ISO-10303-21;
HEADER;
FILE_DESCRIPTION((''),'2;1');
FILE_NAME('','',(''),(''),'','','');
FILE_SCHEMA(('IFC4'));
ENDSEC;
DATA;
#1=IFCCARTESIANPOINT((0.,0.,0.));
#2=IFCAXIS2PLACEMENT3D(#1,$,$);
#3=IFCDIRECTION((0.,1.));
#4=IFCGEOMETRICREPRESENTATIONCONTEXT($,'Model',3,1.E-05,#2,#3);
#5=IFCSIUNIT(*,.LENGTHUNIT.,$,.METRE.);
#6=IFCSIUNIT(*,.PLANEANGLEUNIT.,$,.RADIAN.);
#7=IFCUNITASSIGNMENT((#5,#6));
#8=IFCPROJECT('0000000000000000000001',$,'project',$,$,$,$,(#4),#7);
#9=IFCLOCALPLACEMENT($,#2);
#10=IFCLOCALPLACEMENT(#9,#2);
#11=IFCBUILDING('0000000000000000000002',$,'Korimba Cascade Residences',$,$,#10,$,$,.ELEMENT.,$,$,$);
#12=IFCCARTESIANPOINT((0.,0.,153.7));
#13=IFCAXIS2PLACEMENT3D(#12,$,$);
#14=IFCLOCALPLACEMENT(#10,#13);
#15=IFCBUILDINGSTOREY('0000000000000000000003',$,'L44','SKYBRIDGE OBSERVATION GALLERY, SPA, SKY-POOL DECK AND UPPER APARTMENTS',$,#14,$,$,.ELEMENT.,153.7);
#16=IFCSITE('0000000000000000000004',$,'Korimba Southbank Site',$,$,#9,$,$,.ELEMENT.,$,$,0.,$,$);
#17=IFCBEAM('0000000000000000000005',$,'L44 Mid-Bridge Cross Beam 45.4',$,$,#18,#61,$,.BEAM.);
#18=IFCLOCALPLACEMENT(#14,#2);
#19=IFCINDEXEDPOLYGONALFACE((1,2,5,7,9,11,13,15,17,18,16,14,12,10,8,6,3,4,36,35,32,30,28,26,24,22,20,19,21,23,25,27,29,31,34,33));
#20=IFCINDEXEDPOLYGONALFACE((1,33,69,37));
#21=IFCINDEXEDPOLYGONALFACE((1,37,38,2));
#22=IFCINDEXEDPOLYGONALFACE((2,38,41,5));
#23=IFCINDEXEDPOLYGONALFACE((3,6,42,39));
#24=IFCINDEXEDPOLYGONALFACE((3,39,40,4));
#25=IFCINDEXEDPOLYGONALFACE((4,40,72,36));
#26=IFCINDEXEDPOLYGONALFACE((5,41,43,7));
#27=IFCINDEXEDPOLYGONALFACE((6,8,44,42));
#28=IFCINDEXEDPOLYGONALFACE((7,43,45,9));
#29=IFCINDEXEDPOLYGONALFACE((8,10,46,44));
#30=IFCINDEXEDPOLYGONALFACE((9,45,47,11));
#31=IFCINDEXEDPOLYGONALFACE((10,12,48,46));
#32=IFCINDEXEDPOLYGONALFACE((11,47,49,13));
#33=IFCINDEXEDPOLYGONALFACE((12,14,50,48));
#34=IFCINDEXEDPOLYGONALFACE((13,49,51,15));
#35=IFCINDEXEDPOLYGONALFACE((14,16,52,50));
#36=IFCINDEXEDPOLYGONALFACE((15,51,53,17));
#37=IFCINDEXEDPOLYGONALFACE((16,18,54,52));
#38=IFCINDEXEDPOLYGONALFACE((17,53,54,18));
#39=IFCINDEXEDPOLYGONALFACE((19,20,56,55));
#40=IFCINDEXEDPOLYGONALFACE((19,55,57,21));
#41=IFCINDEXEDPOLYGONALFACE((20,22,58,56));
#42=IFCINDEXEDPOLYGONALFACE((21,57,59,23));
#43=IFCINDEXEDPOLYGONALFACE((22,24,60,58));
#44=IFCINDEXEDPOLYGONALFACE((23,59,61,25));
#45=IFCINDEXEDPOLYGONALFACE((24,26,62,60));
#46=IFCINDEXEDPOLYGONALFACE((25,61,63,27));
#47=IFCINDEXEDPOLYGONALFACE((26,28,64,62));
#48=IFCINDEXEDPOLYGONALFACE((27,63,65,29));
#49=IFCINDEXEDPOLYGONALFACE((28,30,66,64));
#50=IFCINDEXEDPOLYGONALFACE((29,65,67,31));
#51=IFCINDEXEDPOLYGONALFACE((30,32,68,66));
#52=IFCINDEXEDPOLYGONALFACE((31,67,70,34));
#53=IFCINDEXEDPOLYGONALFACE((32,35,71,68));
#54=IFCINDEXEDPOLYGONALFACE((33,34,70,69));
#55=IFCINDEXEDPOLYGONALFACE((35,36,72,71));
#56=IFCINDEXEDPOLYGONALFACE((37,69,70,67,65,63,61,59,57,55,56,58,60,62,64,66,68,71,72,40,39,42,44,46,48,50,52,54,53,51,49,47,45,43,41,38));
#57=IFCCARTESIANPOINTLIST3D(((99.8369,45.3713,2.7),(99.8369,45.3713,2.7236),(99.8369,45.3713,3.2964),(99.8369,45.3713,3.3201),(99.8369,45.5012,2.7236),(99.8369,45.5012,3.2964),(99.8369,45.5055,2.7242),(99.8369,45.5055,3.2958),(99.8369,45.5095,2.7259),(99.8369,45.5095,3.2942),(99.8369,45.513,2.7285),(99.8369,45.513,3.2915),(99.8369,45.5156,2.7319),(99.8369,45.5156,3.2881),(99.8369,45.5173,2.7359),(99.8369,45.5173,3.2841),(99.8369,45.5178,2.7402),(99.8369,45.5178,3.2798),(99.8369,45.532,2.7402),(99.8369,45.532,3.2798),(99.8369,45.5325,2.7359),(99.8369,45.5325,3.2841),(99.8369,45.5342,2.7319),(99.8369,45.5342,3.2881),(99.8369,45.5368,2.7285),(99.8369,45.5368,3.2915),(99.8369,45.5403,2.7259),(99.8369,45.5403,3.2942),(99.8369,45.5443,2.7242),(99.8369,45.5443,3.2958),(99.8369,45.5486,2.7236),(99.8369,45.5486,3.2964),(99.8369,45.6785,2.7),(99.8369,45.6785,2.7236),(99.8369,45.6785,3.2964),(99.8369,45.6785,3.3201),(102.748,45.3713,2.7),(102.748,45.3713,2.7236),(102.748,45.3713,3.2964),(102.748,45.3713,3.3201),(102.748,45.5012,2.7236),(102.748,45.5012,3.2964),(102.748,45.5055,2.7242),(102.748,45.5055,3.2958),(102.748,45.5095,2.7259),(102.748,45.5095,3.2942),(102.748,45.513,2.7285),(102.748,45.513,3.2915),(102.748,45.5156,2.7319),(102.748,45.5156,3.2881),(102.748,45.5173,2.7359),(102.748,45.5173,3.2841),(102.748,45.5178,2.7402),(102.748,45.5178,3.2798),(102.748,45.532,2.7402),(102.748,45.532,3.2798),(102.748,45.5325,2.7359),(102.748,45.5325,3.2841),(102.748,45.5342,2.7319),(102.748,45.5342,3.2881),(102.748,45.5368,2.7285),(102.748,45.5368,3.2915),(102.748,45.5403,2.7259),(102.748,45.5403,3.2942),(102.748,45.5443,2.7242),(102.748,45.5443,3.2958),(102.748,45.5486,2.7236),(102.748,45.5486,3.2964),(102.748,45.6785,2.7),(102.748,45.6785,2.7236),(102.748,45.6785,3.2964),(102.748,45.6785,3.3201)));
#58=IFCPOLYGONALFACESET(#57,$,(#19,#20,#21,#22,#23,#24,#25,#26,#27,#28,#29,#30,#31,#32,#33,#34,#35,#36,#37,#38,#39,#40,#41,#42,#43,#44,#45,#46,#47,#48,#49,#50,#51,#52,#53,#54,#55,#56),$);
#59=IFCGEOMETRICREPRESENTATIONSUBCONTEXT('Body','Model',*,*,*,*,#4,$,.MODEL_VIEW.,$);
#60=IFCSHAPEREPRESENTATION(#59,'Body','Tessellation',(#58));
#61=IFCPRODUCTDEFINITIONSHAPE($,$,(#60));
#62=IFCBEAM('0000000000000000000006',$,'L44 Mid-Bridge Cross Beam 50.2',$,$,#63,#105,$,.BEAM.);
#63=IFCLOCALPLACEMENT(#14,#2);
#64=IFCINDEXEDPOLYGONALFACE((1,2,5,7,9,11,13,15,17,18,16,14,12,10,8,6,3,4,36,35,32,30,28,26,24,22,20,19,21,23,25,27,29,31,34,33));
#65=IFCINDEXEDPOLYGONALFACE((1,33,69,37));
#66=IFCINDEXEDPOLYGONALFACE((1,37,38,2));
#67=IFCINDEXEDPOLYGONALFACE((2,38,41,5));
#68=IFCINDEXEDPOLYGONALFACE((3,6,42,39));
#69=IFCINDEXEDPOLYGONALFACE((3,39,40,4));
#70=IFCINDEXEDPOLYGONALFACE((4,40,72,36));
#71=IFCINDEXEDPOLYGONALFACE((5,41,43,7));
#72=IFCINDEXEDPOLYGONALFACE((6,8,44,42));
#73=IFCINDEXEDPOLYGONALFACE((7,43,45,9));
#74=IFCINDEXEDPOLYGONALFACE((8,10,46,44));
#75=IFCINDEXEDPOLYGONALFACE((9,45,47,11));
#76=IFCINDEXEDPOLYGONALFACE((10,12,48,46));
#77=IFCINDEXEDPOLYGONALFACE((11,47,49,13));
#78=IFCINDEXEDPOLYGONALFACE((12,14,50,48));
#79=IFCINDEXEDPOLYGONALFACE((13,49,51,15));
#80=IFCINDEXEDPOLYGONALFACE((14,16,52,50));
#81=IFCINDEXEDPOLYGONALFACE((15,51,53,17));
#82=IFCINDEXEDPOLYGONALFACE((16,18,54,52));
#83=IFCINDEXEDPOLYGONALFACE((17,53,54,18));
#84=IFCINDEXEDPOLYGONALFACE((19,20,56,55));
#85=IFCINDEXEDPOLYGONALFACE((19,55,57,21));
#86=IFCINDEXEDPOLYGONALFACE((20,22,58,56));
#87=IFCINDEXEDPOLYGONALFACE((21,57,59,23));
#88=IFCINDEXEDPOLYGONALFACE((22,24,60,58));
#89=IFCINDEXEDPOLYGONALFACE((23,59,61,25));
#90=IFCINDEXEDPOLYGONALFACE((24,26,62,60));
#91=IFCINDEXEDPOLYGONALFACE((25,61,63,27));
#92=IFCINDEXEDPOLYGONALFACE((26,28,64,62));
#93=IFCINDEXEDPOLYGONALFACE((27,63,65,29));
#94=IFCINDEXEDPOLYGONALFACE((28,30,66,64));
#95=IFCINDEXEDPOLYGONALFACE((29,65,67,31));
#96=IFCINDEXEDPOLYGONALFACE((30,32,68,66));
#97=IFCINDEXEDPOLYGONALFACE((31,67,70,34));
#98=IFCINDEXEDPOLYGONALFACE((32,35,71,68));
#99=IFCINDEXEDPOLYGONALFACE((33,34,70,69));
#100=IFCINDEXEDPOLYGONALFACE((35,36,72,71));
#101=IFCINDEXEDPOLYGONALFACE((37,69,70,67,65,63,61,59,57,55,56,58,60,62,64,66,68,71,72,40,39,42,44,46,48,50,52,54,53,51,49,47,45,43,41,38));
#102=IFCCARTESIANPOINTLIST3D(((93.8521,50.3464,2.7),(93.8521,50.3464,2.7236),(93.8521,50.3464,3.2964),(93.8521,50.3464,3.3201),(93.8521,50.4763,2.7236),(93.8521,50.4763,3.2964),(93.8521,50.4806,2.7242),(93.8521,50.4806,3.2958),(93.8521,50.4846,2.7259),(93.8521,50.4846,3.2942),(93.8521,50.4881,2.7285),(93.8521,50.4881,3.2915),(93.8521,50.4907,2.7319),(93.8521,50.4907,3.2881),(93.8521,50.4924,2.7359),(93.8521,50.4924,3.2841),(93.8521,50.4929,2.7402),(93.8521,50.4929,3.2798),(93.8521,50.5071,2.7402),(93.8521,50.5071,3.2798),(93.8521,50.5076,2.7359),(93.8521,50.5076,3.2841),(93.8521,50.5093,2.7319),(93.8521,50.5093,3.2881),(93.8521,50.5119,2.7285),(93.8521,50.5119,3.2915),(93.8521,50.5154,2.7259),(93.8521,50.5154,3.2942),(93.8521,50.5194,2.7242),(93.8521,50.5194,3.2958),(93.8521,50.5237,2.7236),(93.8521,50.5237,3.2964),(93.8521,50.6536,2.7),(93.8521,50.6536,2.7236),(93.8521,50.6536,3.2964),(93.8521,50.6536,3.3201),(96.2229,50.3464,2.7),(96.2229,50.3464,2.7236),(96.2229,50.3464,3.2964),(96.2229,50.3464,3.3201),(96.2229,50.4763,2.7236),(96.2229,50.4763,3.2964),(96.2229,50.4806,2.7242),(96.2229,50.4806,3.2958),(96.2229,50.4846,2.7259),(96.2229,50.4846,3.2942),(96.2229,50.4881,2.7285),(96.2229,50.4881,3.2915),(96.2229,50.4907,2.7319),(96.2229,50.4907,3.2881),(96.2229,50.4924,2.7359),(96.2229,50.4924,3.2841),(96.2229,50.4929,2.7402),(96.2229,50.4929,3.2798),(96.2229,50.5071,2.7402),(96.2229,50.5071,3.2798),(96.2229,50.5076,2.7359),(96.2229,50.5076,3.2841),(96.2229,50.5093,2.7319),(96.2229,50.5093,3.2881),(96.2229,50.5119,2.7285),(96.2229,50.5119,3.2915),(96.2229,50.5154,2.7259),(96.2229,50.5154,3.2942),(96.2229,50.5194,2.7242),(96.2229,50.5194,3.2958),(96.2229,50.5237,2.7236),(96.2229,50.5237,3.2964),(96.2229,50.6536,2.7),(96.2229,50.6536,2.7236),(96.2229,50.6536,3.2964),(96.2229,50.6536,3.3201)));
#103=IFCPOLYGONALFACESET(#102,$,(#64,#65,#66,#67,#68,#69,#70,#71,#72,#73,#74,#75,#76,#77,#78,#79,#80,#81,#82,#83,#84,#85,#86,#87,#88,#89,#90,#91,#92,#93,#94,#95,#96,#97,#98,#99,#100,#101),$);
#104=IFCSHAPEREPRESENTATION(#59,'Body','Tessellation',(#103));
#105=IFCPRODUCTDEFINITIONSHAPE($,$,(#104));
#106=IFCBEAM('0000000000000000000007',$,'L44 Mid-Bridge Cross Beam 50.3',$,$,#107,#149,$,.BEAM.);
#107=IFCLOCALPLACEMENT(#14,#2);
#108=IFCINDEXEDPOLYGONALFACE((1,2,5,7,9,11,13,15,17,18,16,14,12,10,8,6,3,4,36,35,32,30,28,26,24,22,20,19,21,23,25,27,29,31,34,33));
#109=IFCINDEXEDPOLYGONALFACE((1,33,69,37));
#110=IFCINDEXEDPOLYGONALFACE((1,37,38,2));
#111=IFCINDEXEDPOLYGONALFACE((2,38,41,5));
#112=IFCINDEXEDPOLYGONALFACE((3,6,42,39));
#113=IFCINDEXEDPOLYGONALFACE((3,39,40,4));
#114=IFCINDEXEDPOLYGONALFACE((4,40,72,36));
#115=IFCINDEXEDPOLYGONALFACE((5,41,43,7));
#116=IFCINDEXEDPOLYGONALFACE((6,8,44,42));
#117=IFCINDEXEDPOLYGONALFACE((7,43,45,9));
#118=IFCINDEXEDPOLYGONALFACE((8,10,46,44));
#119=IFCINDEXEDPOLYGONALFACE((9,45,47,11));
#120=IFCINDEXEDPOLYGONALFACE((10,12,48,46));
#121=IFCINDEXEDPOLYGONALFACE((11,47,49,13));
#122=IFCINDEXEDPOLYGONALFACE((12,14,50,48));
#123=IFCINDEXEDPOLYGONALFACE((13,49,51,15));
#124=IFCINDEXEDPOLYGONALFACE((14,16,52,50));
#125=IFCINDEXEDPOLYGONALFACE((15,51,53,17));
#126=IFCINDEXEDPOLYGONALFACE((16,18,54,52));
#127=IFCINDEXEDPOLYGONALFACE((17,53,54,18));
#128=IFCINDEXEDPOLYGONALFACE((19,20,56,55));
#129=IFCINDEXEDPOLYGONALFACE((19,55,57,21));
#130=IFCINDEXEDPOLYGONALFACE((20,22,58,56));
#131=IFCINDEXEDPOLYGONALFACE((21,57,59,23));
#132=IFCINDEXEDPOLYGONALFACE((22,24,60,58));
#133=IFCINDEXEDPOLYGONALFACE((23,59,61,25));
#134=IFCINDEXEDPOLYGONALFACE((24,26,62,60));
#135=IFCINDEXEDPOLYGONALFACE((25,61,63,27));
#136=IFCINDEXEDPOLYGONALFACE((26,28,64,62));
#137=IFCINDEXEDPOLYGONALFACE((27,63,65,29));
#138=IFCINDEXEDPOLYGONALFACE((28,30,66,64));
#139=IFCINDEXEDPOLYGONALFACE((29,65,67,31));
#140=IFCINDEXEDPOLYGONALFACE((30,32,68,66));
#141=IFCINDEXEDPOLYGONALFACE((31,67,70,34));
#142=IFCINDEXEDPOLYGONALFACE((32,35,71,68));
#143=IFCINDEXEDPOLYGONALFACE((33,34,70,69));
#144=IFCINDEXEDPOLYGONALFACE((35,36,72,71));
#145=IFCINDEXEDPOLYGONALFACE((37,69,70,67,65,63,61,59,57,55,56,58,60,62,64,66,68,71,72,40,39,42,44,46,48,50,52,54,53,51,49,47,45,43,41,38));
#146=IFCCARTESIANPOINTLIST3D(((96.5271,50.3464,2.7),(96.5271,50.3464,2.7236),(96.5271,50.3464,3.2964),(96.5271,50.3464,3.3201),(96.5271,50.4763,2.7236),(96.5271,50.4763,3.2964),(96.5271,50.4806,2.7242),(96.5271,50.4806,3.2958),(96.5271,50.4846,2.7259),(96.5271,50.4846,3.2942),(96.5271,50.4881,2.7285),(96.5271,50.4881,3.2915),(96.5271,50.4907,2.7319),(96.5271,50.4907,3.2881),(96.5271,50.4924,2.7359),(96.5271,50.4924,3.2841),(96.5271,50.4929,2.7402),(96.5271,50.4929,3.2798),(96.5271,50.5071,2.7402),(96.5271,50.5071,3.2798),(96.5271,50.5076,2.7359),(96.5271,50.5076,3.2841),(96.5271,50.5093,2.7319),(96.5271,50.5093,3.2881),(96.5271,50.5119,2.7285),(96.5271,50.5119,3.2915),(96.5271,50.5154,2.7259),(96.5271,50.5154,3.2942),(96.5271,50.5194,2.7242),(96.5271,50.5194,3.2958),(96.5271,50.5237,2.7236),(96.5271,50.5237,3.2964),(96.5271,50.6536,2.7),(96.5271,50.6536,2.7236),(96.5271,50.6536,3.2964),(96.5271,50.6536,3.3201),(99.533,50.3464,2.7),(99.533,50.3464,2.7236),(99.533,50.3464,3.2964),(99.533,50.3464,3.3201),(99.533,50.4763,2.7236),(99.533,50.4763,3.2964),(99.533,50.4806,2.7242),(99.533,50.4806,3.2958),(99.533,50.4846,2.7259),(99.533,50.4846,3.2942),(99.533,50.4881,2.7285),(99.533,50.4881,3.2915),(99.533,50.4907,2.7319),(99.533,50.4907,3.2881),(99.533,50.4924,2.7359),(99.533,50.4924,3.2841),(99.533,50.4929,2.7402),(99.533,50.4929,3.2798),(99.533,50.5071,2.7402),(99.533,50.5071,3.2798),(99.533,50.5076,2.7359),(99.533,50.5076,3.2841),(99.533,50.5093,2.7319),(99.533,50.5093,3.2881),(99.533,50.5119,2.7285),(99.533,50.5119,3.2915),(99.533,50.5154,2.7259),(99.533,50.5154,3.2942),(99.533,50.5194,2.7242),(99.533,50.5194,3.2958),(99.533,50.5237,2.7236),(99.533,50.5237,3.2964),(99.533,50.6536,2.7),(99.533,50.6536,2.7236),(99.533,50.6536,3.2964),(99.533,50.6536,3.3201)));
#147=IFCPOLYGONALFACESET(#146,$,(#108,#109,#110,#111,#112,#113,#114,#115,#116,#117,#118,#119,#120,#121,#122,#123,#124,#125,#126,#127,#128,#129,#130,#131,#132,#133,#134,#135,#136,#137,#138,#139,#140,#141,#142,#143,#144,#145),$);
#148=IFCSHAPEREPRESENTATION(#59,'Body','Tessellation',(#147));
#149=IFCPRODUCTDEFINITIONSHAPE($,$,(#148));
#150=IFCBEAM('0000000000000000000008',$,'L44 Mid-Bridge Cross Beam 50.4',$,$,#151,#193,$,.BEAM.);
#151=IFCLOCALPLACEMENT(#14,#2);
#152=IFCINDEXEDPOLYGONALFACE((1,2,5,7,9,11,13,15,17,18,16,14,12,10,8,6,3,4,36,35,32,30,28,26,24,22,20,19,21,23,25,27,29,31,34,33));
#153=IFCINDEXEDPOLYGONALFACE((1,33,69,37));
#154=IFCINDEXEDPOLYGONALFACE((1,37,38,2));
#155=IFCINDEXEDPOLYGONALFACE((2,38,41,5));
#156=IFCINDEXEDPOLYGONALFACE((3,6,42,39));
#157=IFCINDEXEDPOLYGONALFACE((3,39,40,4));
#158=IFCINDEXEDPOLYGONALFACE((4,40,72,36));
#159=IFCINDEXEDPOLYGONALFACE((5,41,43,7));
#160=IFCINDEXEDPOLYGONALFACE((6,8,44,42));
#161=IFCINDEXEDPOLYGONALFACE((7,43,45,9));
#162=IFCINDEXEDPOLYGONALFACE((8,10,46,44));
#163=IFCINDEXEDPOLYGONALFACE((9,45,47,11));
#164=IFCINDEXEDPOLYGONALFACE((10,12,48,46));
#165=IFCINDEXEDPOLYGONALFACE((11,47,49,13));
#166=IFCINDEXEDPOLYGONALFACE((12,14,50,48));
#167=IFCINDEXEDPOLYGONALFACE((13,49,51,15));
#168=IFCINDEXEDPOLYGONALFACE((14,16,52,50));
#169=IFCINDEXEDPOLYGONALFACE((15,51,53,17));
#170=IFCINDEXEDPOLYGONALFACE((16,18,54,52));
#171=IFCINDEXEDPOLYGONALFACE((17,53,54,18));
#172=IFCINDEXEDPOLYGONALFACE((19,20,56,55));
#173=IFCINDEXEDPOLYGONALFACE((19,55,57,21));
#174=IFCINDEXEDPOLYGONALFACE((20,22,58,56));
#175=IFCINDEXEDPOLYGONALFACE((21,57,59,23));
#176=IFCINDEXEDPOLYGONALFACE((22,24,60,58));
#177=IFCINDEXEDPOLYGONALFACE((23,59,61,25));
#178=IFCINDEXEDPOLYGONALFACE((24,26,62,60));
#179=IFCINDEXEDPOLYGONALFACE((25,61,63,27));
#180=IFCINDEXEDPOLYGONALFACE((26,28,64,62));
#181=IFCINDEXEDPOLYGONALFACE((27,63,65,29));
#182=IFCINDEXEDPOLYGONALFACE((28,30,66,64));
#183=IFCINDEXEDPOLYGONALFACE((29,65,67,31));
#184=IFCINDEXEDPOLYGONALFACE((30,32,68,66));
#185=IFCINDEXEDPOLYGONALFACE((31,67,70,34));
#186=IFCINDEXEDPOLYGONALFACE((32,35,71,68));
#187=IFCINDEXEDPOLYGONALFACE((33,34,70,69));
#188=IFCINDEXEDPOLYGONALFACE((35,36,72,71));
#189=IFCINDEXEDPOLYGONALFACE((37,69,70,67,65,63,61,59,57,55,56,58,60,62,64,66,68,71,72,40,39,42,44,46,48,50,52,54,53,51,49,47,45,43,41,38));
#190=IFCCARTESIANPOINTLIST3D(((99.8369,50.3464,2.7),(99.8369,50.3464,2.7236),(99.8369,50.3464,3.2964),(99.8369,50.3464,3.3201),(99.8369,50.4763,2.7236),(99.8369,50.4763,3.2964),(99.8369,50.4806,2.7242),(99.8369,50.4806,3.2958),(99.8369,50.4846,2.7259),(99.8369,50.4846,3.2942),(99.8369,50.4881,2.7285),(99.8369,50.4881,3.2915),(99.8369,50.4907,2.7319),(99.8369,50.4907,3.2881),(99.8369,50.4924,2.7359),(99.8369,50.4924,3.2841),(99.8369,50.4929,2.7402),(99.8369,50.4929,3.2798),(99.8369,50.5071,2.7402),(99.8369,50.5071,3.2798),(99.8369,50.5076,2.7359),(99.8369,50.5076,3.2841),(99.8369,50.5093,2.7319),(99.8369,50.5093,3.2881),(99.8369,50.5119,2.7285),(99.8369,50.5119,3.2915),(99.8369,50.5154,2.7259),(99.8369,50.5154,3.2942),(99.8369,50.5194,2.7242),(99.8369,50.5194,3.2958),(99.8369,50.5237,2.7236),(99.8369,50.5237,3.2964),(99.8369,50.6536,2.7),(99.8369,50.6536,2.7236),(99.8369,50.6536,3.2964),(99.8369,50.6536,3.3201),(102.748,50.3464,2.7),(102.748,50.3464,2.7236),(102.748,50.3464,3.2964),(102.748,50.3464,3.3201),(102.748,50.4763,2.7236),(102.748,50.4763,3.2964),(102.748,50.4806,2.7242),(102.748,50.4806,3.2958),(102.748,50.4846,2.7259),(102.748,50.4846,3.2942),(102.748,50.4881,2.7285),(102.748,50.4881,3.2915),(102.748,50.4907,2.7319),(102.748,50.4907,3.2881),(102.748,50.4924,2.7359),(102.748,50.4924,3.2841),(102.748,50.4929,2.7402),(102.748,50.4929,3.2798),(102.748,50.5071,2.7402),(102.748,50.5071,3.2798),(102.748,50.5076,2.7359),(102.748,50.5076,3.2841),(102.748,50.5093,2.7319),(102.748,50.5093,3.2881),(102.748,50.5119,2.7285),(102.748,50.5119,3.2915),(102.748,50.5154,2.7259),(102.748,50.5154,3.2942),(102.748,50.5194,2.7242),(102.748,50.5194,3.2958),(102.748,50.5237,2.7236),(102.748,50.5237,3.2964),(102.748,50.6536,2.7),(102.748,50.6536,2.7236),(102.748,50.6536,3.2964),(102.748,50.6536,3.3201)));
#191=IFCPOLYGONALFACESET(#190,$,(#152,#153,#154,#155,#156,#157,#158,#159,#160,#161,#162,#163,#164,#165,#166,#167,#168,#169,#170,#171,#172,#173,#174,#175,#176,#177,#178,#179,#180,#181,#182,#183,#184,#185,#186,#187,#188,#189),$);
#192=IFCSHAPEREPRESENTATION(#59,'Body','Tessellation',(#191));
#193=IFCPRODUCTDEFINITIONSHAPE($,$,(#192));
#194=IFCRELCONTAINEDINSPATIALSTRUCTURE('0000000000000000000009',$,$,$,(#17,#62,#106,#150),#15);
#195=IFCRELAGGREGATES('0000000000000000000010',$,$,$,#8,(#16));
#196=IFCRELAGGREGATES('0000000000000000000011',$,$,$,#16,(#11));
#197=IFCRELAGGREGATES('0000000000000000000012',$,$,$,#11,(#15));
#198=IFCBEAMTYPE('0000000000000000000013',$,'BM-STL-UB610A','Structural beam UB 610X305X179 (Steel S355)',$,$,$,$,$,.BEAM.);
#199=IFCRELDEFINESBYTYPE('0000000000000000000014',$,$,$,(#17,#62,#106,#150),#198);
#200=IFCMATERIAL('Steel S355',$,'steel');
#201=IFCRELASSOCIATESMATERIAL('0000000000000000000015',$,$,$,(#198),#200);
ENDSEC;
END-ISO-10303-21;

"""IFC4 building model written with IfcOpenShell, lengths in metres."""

from ifc_helpers import new_model, si_unit, direction, frame, origin, origin_2d, place, context, subcontext, project, spatial, i_section, extrude, material, material_profile, profile_set, type_object, element, save


model = new_model("IFC4")

# Units and contexts
model_context = context("Model", 3, precision=1e-05, world=origin(), true_north=direction((0.0, 1.0)))
body_context = subcontext(model_context, "Body", "Model", "MODEL_VIEW")
ifc_project = project(units=[si_unit("LENGTHUNIT", "METRE"), si_unit("PLANEANGLEUNIT", "RADIAN")], contexts=[model_context])

# Site, building, storey
site_placement = place(None, origin())
site = spatial("IfcSite", under=ifc_project, at=site_placement, Name="Korimba Southbank Site", CompositionType="ELEMENT", RefElevation=0.0)
building_placement = place(site_placement, origin())
building = spatial("IfcBuilding", under=site, at=building_placement, Name="Korimba Cascade Residences", CompositionType="ELEMENT")
storey_placement = place(building_placement, frame((0.0, 0.0, 153.7)))
storey = spatial("IfcBuildingStorey", under=building, at=storey_placement, Name="L44", Description="SKYBRIDGE OBSERVATION GALLERY, SPA, SKY-POOL DECK AND UPPER APARTMENTS", CompositionType="ELEMENT", Elevation=153.7)

# Beams
ifc_material_1 = material(Name="Steel S355", Category="steel")
ifc_material_profile_1 = material_profile(ifc_material_1, i_section(OverallWidth=0.3071, OverallDepth=0.6201, WebThickness=0.0142, FlangeThickness=0.0237, FilletRadius=0.0166, at=origin_2d()), Name="Steel S355")
ifc_profile_set_1 = profile_set([ifc_material_profile_1], Name="Steel S355")
beam_type_1 = type_object("IfcBeamType", Name="BM-STL-UB610A", Description="Structural beam UB 610X305X179 (Steel S355)", PredefinedType="BEAM", material=ifc_profile_set_1)
beam_1_placement = place(storey_placement, frame((99.8369, 45.5249, 3.01), z_axis=(1.0, 0.0, 0.0), x_axis=(0.0, 1.0, 0.0)))
element("IfcBeam", 1, at=beam_1_placement, inside=storey, type_object=beam_type_1, Name="L44 Mid-Bridge Cross Beam 45.4", PredefinedType="BEAM", context=body_context, shape_type="SweptSolid", body=[
    extrude(i_section(OverallWidth=0.3071, OverallDepth=0.6201, WebThickness=0.0142, FlangeThickness=0.0237, FilletRadius=0.0166, at=origin_2d()), origin(), (0.0, 0.0, 1.0), 2.9111),
])
beam_2_placement = place(storey_placement, frame((93.8521, 50.5, 3.01), z_axis=(1.0, 0.0, 0.0), x_axis=(0.0, 1.0, 0.0)))
element("IfcBeam", 2, at=beam_2_placement, inside=storey, type_object=beam_type_1, Name="L44 Mid-Bridge Cross Beam 50.2", PredefinedType="BEAM", context=body_context, shape_type="SweptSolid", body=[
    extrude(i_section(OverallWidth=0.3071, OverallDepth=0.6201, WebThickness=0.0142, FlangeThickness=0.0237, FilletRadius=0.0166, at=origin_2d()), origin(), (0.0, 0.0, 1.0), 2.3708),
])
beam_3_placement = place(storey_placement, frame((96.5271, 50.5, 3.01), z_axis=(1.0, 0.0, 0.0), x_axis=(0.0, 1.0, 0.0)))
element("IfcBeam", 3, at=beam_3_placement, inside=storey, type_object=beam_type_1, Name="L44 Mid-Bridge Cross Beam 50.3", PredefinedType="BEAM", context=body_context, shape_type="SweptSolid", body=[
    extrude(i_section(OverallWidth=0.3071, OverallDepth=0.6201, WebThickness=0.0142, FlangeThickness=0.0237, FilletRadius=0.0166, at=origin_2d()), origin(), (0.0, 0.0, 1.0), 3.0059),
])
beam_4_placement = place(storey_placement, frame((99.8369, 50.5, 3.01), z_axis=(1.0, 0.0, 0.0), x_axis=(0.0, 1.0, 0.0)))
element("IfcBeam", 4, at=beam_4_placement, inside=storey, type_object=beam_type_1, Name="L44 Mid-Bridge Cross Beam 50.4", PredefinedType="BEAM", context=body_context, shape_type="SweptSolid", body=[
    extrude(i_section(OverallWidth=0.3071, OverallDepth=0.6201, WebThickness=0.0142, FlangeThickness=0.0237, FilletRadius=0.0166, at=origin_2d()), origin(), (0.0, 0.0, 1.0), 2.9111),
])

save(model, "model.ifc")
